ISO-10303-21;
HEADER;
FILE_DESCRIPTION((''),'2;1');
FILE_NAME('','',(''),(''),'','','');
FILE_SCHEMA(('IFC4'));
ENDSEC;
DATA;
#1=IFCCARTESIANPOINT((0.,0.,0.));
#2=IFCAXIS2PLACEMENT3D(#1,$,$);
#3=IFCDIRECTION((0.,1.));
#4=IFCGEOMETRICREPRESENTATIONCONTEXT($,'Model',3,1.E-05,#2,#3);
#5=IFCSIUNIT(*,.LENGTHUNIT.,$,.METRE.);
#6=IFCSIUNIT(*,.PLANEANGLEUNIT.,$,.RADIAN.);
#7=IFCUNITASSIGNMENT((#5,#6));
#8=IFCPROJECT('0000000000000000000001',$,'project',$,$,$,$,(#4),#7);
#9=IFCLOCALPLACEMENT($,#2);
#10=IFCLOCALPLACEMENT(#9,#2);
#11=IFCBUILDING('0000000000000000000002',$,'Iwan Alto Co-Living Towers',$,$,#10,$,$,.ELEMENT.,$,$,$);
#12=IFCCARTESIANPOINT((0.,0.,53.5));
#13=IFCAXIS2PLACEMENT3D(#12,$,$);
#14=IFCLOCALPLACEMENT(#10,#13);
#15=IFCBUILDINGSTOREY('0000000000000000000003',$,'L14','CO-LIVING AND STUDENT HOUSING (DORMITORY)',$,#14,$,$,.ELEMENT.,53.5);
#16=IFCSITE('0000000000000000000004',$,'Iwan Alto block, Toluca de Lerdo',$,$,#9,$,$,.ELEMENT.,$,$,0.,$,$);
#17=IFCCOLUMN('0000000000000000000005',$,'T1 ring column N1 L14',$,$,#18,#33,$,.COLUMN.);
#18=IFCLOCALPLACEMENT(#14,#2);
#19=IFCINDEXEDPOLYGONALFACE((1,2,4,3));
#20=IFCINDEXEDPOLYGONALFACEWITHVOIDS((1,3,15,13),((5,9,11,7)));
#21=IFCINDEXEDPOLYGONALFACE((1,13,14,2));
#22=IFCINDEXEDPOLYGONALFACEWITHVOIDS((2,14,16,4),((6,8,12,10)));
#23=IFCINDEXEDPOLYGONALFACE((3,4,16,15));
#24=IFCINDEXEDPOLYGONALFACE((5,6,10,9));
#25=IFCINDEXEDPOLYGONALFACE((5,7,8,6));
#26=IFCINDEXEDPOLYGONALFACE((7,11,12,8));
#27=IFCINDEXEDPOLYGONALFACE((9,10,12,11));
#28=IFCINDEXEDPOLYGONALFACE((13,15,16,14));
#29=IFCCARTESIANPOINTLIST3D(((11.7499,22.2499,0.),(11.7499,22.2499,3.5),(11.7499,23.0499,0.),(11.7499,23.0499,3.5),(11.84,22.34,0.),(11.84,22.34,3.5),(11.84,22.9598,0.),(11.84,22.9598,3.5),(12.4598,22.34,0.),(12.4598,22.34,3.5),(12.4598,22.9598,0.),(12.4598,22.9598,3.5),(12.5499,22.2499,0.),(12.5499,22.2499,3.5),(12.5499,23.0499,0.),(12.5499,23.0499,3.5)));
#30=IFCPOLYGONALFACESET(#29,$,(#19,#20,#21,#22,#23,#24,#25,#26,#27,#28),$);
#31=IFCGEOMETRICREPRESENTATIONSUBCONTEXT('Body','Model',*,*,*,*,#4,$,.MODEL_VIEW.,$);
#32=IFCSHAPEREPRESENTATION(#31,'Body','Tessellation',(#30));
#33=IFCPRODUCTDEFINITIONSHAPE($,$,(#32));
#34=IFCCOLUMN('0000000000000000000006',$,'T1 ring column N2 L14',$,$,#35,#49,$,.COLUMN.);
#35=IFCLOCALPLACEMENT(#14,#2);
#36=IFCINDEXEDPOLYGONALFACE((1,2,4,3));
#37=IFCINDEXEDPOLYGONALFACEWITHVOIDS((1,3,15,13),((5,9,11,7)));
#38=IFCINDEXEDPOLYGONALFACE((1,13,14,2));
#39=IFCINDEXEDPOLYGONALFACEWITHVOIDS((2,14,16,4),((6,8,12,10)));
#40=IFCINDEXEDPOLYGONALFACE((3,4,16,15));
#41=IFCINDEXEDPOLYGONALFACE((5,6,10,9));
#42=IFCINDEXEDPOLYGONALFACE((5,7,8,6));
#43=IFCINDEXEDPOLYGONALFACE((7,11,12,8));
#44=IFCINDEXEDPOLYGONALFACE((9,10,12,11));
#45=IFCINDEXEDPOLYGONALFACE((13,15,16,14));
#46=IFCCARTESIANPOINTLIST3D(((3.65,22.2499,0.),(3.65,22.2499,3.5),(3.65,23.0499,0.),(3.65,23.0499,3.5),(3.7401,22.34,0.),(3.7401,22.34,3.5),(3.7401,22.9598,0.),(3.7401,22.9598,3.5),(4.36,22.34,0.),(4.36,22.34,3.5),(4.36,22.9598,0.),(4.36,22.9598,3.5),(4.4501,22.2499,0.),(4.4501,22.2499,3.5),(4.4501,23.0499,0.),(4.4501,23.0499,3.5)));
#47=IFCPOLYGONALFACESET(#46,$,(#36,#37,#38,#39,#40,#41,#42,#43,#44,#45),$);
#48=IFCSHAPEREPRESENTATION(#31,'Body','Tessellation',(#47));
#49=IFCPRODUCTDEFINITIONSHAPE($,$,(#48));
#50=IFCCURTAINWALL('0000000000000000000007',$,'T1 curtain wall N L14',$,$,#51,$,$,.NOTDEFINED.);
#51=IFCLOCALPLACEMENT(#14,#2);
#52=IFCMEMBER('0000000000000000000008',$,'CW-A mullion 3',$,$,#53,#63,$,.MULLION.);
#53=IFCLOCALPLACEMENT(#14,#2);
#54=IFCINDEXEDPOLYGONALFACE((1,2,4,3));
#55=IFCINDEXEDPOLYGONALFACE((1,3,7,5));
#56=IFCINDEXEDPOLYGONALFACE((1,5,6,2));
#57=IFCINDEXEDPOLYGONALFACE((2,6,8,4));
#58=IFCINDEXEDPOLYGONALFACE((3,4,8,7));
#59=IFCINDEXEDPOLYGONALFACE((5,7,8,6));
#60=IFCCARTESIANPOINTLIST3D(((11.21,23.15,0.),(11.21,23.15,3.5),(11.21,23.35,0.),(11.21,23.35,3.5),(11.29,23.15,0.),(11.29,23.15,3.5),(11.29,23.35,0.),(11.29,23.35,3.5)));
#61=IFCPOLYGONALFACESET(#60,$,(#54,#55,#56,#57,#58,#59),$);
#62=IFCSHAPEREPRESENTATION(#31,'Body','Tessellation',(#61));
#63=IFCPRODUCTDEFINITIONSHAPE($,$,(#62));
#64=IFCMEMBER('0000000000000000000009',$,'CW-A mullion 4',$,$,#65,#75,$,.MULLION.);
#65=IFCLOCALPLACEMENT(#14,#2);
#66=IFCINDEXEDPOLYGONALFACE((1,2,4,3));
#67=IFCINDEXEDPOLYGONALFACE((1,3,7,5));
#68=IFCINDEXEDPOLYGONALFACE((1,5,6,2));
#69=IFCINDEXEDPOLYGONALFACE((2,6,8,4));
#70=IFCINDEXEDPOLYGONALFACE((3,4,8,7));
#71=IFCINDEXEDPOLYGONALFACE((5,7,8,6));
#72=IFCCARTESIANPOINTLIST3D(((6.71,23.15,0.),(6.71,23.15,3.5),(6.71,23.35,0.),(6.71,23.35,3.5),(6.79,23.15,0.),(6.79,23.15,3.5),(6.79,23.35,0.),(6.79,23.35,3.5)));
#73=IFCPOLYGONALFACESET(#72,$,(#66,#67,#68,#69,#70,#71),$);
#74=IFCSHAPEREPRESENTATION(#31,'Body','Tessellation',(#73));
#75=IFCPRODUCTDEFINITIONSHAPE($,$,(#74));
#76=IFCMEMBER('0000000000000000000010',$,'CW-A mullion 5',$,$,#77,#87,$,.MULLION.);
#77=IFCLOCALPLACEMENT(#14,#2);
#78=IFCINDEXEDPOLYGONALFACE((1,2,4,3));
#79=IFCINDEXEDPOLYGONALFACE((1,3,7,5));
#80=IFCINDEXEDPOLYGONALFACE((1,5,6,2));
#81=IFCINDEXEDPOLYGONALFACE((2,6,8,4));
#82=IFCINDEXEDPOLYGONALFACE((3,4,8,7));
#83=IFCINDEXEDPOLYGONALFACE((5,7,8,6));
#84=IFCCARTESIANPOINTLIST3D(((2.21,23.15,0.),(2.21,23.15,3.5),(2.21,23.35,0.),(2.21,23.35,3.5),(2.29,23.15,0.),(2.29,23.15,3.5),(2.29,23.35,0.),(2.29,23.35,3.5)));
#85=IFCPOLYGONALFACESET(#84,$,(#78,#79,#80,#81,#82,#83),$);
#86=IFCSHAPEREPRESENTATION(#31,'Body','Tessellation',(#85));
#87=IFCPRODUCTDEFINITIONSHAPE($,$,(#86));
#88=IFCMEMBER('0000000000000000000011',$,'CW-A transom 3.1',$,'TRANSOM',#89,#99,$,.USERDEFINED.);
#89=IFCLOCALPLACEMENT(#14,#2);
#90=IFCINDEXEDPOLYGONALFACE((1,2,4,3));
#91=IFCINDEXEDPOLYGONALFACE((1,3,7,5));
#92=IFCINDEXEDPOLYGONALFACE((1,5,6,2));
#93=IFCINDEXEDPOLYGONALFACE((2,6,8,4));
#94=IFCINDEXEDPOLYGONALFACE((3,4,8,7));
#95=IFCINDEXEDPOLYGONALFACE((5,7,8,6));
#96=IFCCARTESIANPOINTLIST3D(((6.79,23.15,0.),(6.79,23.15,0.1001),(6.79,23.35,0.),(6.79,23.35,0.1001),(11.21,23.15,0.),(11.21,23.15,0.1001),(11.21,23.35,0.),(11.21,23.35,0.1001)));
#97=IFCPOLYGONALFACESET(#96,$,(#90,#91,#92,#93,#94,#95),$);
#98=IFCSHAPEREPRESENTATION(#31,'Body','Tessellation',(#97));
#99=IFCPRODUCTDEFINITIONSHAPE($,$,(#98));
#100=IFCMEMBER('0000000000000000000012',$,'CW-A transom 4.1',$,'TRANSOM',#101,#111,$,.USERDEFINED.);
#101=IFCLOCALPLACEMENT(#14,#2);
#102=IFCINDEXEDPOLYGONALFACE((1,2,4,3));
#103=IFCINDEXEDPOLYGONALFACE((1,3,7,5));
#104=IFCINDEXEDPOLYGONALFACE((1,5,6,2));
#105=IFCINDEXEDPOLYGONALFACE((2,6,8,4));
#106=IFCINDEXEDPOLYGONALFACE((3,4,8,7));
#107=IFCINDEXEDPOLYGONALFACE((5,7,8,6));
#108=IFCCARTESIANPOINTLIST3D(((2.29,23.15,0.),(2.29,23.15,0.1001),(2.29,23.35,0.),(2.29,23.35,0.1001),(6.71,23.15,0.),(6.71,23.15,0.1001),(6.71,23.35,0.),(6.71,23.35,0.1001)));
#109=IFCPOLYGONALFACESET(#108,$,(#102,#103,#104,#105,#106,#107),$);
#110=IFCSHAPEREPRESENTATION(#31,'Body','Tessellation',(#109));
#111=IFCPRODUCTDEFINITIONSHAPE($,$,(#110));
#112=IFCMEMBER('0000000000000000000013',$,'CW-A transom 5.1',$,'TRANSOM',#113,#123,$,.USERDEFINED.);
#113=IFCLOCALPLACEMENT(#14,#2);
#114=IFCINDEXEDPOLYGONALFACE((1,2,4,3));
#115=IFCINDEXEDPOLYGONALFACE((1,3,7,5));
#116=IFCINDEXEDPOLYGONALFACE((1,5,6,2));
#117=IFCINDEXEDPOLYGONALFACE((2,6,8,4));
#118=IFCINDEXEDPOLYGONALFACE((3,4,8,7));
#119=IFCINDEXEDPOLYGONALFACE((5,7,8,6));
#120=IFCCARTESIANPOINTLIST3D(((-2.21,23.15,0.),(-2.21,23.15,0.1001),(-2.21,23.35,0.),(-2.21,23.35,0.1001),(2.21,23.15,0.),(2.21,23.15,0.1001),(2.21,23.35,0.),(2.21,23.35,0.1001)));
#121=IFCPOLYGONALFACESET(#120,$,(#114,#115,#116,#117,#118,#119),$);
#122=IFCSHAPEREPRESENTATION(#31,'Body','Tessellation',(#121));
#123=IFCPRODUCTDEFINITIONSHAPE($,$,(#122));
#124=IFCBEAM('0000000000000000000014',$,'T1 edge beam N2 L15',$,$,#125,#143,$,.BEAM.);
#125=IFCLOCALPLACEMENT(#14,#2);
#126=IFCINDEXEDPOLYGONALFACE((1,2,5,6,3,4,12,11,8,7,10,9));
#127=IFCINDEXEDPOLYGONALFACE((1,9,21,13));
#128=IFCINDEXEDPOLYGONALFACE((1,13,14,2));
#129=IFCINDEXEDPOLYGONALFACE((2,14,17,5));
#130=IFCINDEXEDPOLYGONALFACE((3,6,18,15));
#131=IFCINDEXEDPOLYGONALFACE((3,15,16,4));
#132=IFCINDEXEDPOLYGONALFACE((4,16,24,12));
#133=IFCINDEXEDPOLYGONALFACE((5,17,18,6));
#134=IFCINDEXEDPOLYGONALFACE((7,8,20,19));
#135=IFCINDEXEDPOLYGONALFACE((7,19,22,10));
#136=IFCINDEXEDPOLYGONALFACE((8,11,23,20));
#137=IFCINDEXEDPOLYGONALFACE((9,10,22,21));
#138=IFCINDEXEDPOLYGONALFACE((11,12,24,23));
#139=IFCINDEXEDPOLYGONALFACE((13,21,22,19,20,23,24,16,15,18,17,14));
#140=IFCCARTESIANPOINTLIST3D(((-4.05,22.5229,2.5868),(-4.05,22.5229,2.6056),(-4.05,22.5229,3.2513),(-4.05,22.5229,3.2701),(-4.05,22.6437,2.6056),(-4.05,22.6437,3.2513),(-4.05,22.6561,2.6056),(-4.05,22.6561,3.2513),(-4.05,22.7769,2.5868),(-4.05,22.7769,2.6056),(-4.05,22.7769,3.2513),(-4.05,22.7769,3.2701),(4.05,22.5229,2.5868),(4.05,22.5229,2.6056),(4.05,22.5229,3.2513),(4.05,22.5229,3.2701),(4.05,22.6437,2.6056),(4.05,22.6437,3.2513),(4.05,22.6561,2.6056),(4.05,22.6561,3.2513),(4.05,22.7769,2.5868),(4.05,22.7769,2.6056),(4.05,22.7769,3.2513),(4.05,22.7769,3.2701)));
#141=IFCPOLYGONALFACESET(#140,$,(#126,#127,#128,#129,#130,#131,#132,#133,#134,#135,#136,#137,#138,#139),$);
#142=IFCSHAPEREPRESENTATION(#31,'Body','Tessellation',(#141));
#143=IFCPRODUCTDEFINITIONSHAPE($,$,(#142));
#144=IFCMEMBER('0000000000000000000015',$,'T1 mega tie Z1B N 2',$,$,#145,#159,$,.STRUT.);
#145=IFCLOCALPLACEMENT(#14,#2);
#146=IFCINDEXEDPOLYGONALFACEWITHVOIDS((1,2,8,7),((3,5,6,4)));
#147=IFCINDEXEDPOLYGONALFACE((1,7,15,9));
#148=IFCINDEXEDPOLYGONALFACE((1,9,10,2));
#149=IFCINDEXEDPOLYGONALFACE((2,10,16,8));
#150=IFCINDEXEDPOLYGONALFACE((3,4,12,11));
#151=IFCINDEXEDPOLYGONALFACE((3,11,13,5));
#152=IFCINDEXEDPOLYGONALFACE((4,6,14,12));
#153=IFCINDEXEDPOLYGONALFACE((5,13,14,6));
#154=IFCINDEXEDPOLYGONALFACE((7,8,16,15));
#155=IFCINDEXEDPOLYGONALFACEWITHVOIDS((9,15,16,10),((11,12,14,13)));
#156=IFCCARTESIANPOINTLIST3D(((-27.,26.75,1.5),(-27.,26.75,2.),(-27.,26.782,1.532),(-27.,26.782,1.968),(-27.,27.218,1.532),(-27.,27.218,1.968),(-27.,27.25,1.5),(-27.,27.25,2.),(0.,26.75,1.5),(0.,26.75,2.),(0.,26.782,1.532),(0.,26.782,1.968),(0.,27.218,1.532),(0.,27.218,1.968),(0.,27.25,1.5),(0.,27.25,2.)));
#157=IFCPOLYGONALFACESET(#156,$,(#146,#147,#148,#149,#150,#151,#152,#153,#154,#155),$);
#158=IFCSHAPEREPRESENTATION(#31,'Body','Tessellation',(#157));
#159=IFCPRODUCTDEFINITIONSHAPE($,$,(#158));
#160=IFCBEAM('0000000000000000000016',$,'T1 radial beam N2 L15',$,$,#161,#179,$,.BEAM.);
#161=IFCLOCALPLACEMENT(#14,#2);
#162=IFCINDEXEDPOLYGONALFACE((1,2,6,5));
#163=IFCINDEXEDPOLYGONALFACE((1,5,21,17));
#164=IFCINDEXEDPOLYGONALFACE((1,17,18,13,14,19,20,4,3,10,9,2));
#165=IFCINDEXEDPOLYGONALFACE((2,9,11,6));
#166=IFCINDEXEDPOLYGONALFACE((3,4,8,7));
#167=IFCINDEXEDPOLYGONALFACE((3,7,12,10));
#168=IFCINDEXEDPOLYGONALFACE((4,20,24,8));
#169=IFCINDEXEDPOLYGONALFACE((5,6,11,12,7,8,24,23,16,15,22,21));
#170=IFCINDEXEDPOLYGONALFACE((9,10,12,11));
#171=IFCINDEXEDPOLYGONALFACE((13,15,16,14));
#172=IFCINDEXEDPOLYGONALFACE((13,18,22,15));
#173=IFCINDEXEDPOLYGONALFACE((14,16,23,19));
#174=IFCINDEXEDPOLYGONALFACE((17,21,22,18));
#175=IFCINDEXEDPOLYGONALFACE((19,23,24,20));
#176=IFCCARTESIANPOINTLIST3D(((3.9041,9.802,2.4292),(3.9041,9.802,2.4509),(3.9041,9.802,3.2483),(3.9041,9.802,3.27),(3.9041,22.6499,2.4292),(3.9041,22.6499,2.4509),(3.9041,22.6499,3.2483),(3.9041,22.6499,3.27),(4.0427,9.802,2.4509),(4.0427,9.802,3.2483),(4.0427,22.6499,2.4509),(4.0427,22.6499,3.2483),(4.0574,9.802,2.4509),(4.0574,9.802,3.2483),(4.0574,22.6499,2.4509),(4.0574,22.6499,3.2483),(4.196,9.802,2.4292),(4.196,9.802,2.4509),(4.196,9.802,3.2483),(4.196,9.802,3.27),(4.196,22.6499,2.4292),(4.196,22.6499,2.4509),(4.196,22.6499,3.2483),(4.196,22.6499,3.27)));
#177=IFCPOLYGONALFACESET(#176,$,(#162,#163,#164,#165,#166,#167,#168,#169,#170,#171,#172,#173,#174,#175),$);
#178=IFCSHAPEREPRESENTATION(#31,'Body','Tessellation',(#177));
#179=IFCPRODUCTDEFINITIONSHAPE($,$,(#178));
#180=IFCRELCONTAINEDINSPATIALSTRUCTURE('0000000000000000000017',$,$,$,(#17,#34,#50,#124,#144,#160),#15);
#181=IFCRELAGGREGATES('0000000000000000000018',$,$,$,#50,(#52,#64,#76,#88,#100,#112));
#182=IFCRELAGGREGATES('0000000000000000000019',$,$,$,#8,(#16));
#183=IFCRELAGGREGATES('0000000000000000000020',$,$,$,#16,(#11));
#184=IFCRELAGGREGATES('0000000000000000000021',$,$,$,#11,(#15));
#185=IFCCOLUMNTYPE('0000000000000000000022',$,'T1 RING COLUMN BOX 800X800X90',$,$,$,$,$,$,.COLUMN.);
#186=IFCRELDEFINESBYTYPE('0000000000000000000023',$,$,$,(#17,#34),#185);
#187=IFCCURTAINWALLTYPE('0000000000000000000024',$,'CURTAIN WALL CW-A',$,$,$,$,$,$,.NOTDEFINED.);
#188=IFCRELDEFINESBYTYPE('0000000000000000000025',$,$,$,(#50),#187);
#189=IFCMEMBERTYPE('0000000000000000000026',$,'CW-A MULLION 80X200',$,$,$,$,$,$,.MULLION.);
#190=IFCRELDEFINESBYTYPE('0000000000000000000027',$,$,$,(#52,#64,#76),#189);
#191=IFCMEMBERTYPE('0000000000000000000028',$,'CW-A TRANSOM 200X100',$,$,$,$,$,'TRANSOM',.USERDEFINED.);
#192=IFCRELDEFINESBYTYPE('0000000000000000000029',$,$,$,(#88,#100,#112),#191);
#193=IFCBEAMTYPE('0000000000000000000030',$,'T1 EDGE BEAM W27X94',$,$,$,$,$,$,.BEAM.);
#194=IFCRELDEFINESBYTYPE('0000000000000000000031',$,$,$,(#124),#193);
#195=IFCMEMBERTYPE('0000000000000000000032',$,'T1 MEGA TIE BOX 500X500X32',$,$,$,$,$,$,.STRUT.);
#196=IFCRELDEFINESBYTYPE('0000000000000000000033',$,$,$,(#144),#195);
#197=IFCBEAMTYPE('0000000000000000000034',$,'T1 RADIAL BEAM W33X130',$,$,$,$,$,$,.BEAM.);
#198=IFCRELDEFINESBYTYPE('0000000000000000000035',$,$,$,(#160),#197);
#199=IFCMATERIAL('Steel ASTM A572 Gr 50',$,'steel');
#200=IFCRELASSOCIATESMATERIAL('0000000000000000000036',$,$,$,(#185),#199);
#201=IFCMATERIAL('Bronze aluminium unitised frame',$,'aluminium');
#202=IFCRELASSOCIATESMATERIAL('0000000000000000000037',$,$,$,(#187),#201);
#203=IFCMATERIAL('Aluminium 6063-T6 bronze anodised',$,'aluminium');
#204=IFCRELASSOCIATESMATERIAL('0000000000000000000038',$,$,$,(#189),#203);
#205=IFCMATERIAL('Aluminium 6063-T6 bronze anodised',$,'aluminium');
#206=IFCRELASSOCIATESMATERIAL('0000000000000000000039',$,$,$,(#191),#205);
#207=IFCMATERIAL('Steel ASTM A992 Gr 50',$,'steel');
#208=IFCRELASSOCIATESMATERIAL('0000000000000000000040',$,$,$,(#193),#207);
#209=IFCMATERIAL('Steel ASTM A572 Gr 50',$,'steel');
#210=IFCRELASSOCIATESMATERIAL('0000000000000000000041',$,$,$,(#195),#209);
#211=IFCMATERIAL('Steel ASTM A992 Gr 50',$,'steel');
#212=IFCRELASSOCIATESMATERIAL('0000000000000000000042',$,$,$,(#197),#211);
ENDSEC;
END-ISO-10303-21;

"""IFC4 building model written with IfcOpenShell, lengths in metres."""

from ifc_helpers import new_model, si_unit, direction, frame, origin, origin_2d, place, context, subcontext, project, spatial, rectangle, hollow_rectangle, i_section, extrude, material, material_profile, profile_set, type_object, element, aggregate, save


model = new_model("IFC4")

# Units and contexts
model_context = context("Model", 3, precision=1e-05, world=origin(), true_north=direction((0.0, 1.0)))
body_context = subcontext(model_context, "Body", "Model", "MODEL_VIEW")
ifc_project = project(units=[si_unit("LENGTHUNIT", "METRE"), si_unit("PLANEANGLEUNIT", "RADIAN")], contexts=[model_context])

# Site, building, storey
site_placement = place(None, origin())
site = spatial("IfcSite", under=ifc_project, at=site_placement, Name="Iwan Alto block, Toluca de Lerdo", CompositionType="ELEMENT", RefElevation=0.0)
building_placement = place(site_placement, origin())
building = spatial("IfcBuilding", under=site, at=building_placement, Name="Iwan Alto Co-Living Towers", CompositionType="ELEMENT")
storey_placement = place(building_placement, frame((0.0, 0.0, 53.5)))
storey = spatial("IfcBuildingStorey", under=building, at=storey_placement, Name="L14", Description="CO-LIVING AND STUDENT HOUSING (DORMITORY)", CompositionType="ELEMENT", Elevation=53.5)

# Columns
ifc_material_1 = material(Name="Steel ASTM A572 Gr 50", Category="steel")
ifc_material_profile_1 = material_profile(ifc_material_1, hollow_rectangle(XDim=0.8, YDim=0.8, WallThickness=0.0901, at=origin_2d()), Name="BOX 800X800X90")
ifc_profile_set_1 = profile_set([ifc_material_profile_1], Name="Steel ASTM A572 Gr 50")
column_type = type_object("IfcColumnType", Name="T1 RING COLUMN BOX 800X800X90", PredefinedType="COLUMN", material=ifc_profile_set_1)
for number, where, z_axis, x_axis, name in (
    (1, (12.1499, 22.6499, 0.0), (0.0, 0.0, 1.0), (1.0, 0.0, 0.0), "T1 ring column N1 L14"),
    (2, (4.05, 22.6499, 0.0), (0.0, 0.0, 1.0), (1.0, 0.0, 0.0), "T1 ring column N2 L14"),
):
    element("IfcColumn", number, at=place(storey_placement, frame(where, z_axis=z_axis, x_axis=x_axis)), inside=storey, type_object=column_type, Name=name, PredefinedType="COLUMN", context=body_context, shape_type="SweptSolid", body=[
        extrude(hollow_rectangle(XDim=0.8, YDim=0.8, WallThickness=0.0901, at=origin_2d()), origin(), (0.0, 0.0, 1.0), 3.5),
    ])

# Curtain wall, members
ifc_material_2 = material(Name="Bronze aluminium unitised frame", Category="aluminium")
curtain_wall_type = type_object("IfcCurtainWallType", Name="CURTAIN WALL CW-A", PredefinedType="NOTDEFINED", material=ifc_material_2)
curtain_wall_placement = place(storey_placement, origin())
curtain_wall = element("IfcCurtainWall", 3, at=curtain_wall_placement, inside=storey, type_object=curtain_wall_type, Name="T1 curtain wall N L14", PredefinedType="NOTDEFINED")
ifc_material_3 = material(Name="Aluminium 6063-T6 bronze anodised", Category="aluminium")
ifc_material_profile_2 = material_profile(ifc_material_3, rectangle(XDim=0.2, YDim=0.0801, at=origin_2d()), Name="AL 80X200")
ifc_profile_set_2 = profile_set([ifc_material_profile_2], Name="Aluminium 6063-T6 bronze anodised")
member_type_1 = type_object("IfcMemberType", Name="CW-A MULLION 80X200", PredefinedType="MULLION", material=ifc_profile_set_2)
member_1_placement = place(storey_placement, frame((11.25, 23.25, 0.0), z_axis=(0.0, 0.0, 1.0), x_axis=(0.0, -1.0, 0.0)))
member_1 = element("IfcMember", 4, at=member_1_placement, type_object=member_type_1, Name="CW-A mullion 3", PredefinedType="MULLION", context=body_context, shape_type="SweptSolid", body=[
    extrude(rectangle(XDim=0.2, YDim=0.0801, at=origin_2d()), origin(), (0.0, 0.0, 1.0), 3.5),
])
member_2_placement = place(storey_placement, frame((6.75, 23.25, 0.0), z_axis=(0.0, 0.0, 1.0), x_axis=(0.0, -1.0, 0.0)))
member_2 = element("IfcMember", 5, at=member_2_placement, type_object=member_type_1, Name="CW-A mullion 4", PredefinedType="MULLION", context=body_context, shape_type="SweptSolid", body=[
    extrude(rectangle(XDim=0.2, YDim=0.0801, at=origin_2d()), origin(), (0.0, 0.0, 1.0), 3.5),
])
member_3_placement = place(storey_placement, frame((2.25, 23.25, 0.0), z_axis=(0.0, 0.0, 1.0), x_axis=(0.0, -1.0, 0.0)))
member_3 = element("IfcMember", 6, at=member_3_placement, type_object=member_type_1, Name="CW-A mullion 5", PredefinedType="MULLION", context=body_context, shape_type="SweptSolid", body=[
    extrude(rectangle(XDim=0.2, YDim=0.0801, at=origin_2d()), origin(), (0.0, 0.0, 1.0), 3.5),
])
ifc_material_4 = material(Name="Aluminium 6063-T6 bronze anodised", Category="aluminium")
ifc_material_profile_3 = material_profile(ifc_material_4, rectangle(XDim=0.2, YDim=0.1001, at=origin_2d()), Name="AL 200X100")
ifc_profile_set_3 = profile_set([ifc_material_profile_3], Name="Aluminium 6063-T6 bronze anodised")
member_type_2 = type_object("IfcMemberType", Name="CW-A TRANSOM 200X100", ElementType="TRANSOM", PredefinedType="USERDEFINED", material=ifc_profile_set_3)
member_4_placement = place(storey_placement, frame((11.21, 23.25, 0.05), z_axis=(-1.0, 0.0, 0.0), x_axis=(0.0, -1.0, 0.0)))
member_4 = element("IfcMember", 7, at=member_4_placement, type_object=member_type_2, Name="CW-A transom 3.1", ObjectType="TRANSOM", PredefinedType="USERDEFINED", context=body_context, shape_type="SweptSolid", body=[
    extrude(rectangle(XDim=0.2, YDim=0.1001, at=origin_2d()), origin(), (0.0, 0.0, 1.0), 4.4199),
])
member_5_placement = place(storey_placement, frame((6.71, 23.25, 0.05), z_axis=(-1.0, 0.0, 0.0), x_axis=(0.0, -1.0, 0.0)))
member_5 = element("IfcMember", 8, at=member_5_placement, type_object=member_type_2, Name="CW-A transom 4.1", ObjectType="TRANSOM", PredefinedType="USERDEFINED", context=body_context, shape_type="SweptSolid", body=[
    extrude(rectangle(XDim=0.2, YDim=0.1001, at=origin_2d()), origin(), (0.0, 0.0, 1.0), 4.4199),
])
member_6_placement = place(storey_placement, frame((2.21, 23.25, 0.05), z_axis=(-1.0, 0.0, 0.0), x_axis=(0.0, -1.0, 0.0)))
member_6 = element("IfcMember", 9, at=member_6_placement, type_object=member_type_2, Name="CW-A transom 5.1", ObjectType="TRANSOM", PredefinedType="USERDEFINED", context=body_context, shape_type="SweptSolid", body=[
    extrude(rectangle(XDim=0.2, YDim=0.1001, at=origin_2d()), origin(), (0.0, 0.0, 1.0), 4.4199),
])

# Beam
ifc_material_5 = material(Name="Steel ASTM A992 Gr 50", Category="steel")
ifc_material_profile_4 = material_profile(ifc_material_5, i_section(OverallWidth=0.2539, OverallDepth=0.6833, WebThickness=0.0125, FlangeThickness=0.0188, at=origin_2d()), Name="W27X94")
ifc_profile_set_4 = profile_set([ifc_material_profile_4], Name="Steel ASTM A992 Gr 50")
beam_type_1 = type_object("IfcBeamType", Name="T1 EDGE BEAM W27X94", PredefinedType="BEAM", material=ifc_profile_set_4)
beam_1_placement = place(storey_placement, frame((4.05, 22.6499, 2.9285), z_axis=(-1.0, 0.0, 0.0), x_axis=(0.0, -1.0, 0.0)))
element("IfcBeam", 10, at=beam_1_placement, inside=storey, type_object=beam_type_1, Name="T1 edge beam N2 L15", PredefinedType="BEAM", context=body_context, shape_type="SweptSolid", body=[
    extrude(i_section(OverallWidth=0.2539, OverallDepth=0.6833, WebThickness=0.0125, FlangeThickness=0.0188, at=origin_2d()), origin(), (0.0, 0.0, 1.0), 8.1001),
])

# Member
ifc_material_6 = material(Name="Steel ASTM A572 Gr 50", Category="steel")
ifc_material_profile_5 = material_profile(ifc_material_6, hollow_rectangle(XDim=0.5, YDim=0.5, WallThickness=0.032, at=origin_2d()), Name="BOX 500X500X32")
ifc_profile_set_5 = profile_set([ifc_material_profile_5], Name="Steel ASTM A572 Gr 50")
member_type_3 = type_object("IfcMemberType", Name="T1 MEGA TIE BOX 500X500X32", PredefinedType="STRUT", material=ifc_profile_set_5)
member_7_placement = place(storey_placement, frame((0.0, 27.0, 1.75), z_axis=(-1.0, 0.0, 0.0), x_axis=(0.0, -1.0, 0.0)))
element("IfcMember", 11, at=member_7_placement, inside=storey, type_object=member_type_3, Name="T1 mega tie Z1B N 2", PredefinedType="STRUT", context=body_context, shape_type="SweptSolid", body=[
    extrude(hollow_rectangle(XDim=0.5, YDim=0.5, WallThickness=0.032, at=origin_2d()), origin(), (0.0, 0.0, 1.0), 27.0),
])

# Beam
ifc_material_7 = material(Name="Steel ASTM A992 Gr 50", Category="steel")
ifc_material_profile_6 = material_profile(ifc_material_7, i_section(OverallWidth=0.292, OverallDepth=0.8408, WebThickness=0.0146, FlangeThickness=0.0217, at=origin_2d()), Name="W33X130")
ifc_profile_set_6 = profile_set([ifc_material_profile_6], Name="Steel ASTM A992 Gr 50")
beam_type_2 = type_object("IfcBeamType", Name="T1 RADIAL BEAM W33X130", PredefinedType="BEAM", material=ifc_profile_set_6)
beam_2_placement = place(storey_placement, frame((4.05, 22.6499, 2.8496), z_axis=(0.0, -1.0, 0.0), x_axis=(1.0, 0.0, 0.0)))
element("IfcBeam", 12, at=beam_2_placement, inside=storey, type_object=beam_type_2, Name="T1 radial beam N2 L15", PredefinedType="BEAM", context=body_context, shape_type="SweptSolid", body=[
    extrude(i_section(OverallWidth=0.292, OverallDepth=0.8408, WebThickness=0.0146, FlangeThickness=0.0217, at=origin_2d()), origin(), (0.0, 0.0, 1.0), 12.8479),
])

aggregate(curtain_wall, [member_1, member_2, member_3, member_4, member_5, member_6])

save(model, "model.ifc")
